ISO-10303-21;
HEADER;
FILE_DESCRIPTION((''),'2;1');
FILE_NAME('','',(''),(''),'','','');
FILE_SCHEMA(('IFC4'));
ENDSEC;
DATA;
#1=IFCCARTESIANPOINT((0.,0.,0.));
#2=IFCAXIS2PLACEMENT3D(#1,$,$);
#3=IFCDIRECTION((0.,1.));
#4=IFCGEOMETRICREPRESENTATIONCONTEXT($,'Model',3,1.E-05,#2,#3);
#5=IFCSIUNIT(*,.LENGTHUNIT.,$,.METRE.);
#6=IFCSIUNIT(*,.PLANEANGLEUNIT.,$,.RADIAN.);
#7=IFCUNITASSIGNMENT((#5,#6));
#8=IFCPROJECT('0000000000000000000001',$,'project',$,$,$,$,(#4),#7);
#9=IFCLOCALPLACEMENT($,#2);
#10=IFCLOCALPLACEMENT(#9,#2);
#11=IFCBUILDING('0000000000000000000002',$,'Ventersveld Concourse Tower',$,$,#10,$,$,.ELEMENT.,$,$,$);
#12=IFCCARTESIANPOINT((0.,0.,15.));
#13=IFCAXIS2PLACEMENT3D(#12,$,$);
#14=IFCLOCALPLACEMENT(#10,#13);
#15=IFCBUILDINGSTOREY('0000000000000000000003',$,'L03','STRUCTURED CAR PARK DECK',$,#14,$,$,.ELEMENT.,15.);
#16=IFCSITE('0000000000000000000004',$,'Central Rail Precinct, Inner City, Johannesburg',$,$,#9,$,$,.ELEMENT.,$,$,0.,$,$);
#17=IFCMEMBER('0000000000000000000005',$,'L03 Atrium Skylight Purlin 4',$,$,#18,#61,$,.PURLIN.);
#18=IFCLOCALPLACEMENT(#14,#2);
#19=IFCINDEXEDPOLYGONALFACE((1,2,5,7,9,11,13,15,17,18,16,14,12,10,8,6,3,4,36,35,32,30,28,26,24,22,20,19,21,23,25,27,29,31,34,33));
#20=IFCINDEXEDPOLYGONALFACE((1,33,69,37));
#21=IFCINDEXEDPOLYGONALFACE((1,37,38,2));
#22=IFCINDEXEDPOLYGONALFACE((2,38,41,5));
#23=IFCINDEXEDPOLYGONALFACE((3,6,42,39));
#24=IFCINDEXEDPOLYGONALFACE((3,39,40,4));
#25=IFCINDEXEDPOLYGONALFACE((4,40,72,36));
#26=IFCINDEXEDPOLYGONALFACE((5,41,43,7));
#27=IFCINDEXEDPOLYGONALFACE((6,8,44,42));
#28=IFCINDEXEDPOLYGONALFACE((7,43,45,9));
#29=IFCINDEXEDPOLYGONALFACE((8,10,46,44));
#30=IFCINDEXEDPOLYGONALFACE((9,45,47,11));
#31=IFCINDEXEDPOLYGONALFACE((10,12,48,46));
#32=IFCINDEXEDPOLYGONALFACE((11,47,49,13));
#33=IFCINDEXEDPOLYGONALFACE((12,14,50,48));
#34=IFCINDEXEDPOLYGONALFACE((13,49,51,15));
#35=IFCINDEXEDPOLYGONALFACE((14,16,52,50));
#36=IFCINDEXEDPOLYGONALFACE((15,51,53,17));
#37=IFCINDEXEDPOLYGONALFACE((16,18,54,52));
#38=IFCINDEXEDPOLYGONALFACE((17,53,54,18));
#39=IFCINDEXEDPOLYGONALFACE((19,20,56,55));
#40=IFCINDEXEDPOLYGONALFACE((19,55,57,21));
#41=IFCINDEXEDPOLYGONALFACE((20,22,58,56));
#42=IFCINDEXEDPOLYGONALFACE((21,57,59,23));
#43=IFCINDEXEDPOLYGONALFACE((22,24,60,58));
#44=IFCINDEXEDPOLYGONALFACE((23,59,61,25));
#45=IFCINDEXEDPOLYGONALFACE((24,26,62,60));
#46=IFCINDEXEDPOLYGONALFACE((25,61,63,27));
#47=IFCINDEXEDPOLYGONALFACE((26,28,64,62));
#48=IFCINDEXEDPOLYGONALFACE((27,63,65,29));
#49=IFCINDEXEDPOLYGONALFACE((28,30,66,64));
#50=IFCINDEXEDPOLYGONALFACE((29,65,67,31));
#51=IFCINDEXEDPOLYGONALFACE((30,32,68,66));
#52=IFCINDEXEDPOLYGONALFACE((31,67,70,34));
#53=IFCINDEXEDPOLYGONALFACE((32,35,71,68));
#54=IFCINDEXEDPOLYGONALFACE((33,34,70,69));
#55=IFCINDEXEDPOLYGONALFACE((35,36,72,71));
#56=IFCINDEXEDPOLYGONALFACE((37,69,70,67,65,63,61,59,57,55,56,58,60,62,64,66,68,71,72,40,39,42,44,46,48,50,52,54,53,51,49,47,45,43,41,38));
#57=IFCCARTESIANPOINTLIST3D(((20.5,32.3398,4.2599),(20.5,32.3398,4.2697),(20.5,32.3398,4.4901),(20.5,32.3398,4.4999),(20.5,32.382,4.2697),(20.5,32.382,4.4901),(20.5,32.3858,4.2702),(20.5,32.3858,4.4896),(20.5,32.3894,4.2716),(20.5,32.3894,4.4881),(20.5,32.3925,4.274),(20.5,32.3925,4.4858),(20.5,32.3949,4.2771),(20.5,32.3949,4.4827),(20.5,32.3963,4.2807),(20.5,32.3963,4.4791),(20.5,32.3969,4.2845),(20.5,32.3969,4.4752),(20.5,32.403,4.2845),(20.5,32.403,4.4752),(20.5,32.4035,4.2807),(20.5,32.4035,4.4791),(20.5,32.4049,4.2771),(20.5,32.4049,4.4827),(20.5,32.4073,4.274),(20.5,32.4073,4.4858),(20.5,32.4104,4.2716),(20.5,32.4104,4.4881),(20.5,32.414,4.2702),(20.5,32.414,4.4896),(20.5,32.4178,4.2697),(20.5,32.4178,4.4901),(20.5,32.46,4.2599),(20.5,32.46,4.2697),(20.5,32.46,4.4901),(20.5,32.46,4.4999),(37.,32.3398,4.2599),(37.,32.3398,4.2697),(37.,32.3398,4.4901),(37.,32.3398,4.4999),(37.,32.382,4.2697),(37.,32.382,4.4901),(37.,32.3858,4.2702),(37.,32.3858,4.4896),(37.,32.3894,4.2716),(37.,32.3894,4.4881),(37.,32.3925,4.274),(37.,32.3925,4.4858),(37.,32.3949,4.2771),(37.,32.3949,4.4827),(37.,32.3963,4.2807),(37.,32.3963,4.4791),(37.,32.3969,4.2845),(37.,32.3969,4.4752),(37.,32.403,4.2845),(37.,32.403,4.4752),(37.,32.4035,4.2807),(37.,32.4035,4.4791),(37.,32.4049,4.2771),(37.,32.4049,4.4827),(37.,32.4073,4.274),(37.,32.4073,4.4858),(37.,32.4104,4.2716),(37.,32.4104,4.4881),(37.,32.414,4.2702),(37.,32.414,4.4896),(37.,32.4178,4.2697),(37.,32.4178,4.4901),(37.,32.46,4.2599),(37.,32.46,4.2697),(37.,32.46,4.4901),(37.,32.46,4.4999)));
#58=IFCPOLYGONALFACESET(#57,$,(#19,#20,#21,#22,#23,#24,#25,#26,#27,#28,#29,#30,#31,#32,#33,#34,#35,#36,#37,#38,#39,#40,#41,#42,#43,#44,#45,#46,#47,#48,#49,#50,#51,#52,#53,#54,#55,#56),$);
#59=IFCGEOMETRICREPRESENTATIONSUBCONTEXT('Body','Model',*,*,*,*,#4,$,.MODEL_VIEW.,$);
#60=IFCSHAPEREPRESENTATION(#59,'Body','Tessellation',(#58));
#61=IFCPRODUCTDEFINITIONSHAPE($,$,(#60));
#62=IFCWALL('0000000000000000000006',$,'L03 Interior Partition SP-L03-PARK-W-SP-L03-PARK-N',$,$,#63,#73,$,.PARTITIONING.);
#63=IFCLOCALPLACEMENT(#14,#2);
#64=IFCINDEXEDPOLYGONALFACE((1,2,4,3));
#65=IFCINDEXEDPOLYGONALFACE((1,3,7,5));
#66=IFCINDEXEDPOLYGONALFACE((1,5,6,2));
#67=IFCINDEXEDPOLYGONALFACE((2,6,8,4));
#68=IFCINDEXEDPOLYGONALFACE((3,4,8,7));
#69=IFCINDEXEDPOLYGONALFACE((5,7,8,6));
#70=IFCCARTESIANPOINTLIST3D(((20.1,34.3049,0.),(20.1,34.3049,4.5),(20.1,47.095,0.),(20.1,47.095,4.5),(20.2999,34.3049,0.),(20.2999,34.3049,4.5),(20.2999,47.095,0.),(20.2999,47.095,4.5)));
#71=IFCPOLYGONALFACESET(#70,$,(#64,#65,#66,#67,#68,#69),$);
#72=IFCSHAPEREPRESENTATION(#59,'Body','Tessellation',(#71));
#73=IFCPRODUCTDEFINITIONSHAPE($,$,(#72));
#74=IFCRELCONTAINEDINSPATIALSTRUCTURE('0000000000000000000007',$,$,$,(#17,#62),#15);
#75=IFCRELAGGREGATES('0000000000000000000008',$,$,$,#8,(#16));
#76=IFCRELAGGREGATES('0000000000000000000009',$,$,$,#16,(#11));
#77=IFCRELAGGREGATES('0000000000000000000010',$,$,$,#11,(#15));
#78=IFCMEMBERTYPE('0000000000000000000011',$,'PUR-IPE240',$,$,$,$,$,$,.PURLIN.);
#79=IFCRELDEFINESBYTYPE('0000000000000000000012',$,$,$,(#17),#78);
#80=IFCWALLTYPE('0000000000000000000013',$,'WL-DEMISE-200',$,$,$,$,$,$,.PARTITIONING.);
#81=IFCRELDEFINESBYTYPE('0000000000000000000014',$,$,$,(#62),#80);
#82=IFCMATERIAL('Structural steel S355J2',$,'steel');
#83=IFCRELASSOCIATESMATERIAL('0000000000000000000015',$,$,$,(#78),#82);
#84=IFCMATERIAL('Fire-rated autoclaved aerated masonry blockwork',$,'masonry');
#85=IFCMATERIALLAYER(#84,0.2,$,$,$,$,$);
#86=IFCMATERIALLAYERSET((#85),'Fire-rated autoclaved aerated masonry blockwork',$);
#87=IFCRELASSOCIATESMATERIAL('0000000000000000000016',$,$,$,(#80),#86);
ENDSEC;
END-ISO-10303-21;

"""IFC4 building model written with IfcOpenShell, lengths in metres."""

from ifc_helpers import new_model, si_unit, direction, frame, frame_2d, origin, origin_2d, place, context, subcontext, project, spatial, rectangle, i_section, extrude, material, layer, layer_set, material_profile, profile_set, type_object, element, save


model = new_model("IFC4")

# Units and contexts
model_context = context("Model", 3, precision=1e-05, world=origin(), true_north=direction((0.0, 1.0)))
body_context = subcontext(model_context, "Body", "Model", "MODEL_VIEW")
ifc_project = project(units=[si_unit("LENGTHUNIT", "METRE"), si_unit("PLANEANGLEUNIT", "RADIAN")], contexts=[model_context])

# Site, building, storey
site_placement = place(None, origin())
site = spatial("IfcSite", under=ifc_project, at=site_placement, Name="Central Rail Precinct, Inner City, Johannesburg", CompositionType="ELEMENT", RefElevation=0.0)
building_placement = place(site_placement, origin())
building = spatial("IfcBuilding", under=site, at=building_placement, Name="Ventersveld Concourse Tower", CompositionType="ELEMENT")
storey_placement = place(building_placement, frame((0.0, 0.0, 15.0)))
storey = spatial("IfcBuildingStorey", under=building, at=storey_placement, Name="L03", Description="STRUCTURED CAR PARK DECK", CompositionType="ELEMENT", Elevation=15.0)

# Shared definitions
ifc_material_1 = material(Name="Structural steel S355J2", Category="steel")

# Member
ifc_material_profile_1 = material_profile(ifc_material_1, i_section(OverallWidth=0.1201, OverallDepth=0.24, WebThickness=0.0061, FlangeThickness=0.0098, FilletRadius=0.0149, at=origin_2d()), Name="IPE 240")
ifc_profile_set_1 = profile_set([ifc_material_profile_1], Name="Structural steel S355J2")
member_type = type_object("IfcMemberType", Name="PUR-IPE240", PredefinedType="PURLIN", material=ifc_profile_set_1)
for number, where, z_axis, x_axis, name in (
    (1, (20.5, 32.3999, 4.3799), (1.0, 0.0, 0.0), (0.0, 1.0, 0.0), "L03 Atrium Skylight Purlin 4"),
):
    element("IfcMember", number, at=place(storey_placement, frame(where, z_axis=z_axis, x_axis=x_axis)), inside=storey, type_object=member_type, Name=name, PredefinedType="PURLIN", context=body_context, shape_type="SweptSolid", body=[
        extrude(i_section(OverallWidth=0.1201, OverallDepth=0.24, WebThickness=0.0061, FlangeThickness=0.0098, FilletRadius=0.0149, at=origin_2d()), origin(), (0.0, 0.0, 1.0), 16.5),
    ])

# Wall
ifc_material_2 = material(Name="Fire-rated autoclaved aerated masonry blockwork", Category="masonry")
ifc_layer = layer(ifc_material_2, 0.2)
ifc_layer_set = layer_set([ifc_layer], Name="Fire-rated autoclaved aerated masonry blockwork")
wall_type = type_object("IfcWallType", Name="WL-DEMISE-200", PredefinedType="PARTITIONING", material=ifc_layer_set)
wall_placement = place(storey_placement, frame((20.2, 34.3049, 0.0), z_axis=(0.0, 0.0, 1.0), x_axis=(0.0, 1.0, 0.0)))
element("IfcWall", 2, at=wall_placement, inside=storey, type_object=wall_type, Name="L03 Interior Partition SP-L03-PARK-W-SP-L03-PARK-N", PredefinedType="PARTITIONING", context=body_context, shape_type="SweptSolid", body=[
    extrude(rectangle(XDim=12.79, YDim=0.2, at=frame_2d((6.395, 0.0))), origin(), (0.0, 0.0, 1.0), 4.5),
])

save(model, "model.ifc")
